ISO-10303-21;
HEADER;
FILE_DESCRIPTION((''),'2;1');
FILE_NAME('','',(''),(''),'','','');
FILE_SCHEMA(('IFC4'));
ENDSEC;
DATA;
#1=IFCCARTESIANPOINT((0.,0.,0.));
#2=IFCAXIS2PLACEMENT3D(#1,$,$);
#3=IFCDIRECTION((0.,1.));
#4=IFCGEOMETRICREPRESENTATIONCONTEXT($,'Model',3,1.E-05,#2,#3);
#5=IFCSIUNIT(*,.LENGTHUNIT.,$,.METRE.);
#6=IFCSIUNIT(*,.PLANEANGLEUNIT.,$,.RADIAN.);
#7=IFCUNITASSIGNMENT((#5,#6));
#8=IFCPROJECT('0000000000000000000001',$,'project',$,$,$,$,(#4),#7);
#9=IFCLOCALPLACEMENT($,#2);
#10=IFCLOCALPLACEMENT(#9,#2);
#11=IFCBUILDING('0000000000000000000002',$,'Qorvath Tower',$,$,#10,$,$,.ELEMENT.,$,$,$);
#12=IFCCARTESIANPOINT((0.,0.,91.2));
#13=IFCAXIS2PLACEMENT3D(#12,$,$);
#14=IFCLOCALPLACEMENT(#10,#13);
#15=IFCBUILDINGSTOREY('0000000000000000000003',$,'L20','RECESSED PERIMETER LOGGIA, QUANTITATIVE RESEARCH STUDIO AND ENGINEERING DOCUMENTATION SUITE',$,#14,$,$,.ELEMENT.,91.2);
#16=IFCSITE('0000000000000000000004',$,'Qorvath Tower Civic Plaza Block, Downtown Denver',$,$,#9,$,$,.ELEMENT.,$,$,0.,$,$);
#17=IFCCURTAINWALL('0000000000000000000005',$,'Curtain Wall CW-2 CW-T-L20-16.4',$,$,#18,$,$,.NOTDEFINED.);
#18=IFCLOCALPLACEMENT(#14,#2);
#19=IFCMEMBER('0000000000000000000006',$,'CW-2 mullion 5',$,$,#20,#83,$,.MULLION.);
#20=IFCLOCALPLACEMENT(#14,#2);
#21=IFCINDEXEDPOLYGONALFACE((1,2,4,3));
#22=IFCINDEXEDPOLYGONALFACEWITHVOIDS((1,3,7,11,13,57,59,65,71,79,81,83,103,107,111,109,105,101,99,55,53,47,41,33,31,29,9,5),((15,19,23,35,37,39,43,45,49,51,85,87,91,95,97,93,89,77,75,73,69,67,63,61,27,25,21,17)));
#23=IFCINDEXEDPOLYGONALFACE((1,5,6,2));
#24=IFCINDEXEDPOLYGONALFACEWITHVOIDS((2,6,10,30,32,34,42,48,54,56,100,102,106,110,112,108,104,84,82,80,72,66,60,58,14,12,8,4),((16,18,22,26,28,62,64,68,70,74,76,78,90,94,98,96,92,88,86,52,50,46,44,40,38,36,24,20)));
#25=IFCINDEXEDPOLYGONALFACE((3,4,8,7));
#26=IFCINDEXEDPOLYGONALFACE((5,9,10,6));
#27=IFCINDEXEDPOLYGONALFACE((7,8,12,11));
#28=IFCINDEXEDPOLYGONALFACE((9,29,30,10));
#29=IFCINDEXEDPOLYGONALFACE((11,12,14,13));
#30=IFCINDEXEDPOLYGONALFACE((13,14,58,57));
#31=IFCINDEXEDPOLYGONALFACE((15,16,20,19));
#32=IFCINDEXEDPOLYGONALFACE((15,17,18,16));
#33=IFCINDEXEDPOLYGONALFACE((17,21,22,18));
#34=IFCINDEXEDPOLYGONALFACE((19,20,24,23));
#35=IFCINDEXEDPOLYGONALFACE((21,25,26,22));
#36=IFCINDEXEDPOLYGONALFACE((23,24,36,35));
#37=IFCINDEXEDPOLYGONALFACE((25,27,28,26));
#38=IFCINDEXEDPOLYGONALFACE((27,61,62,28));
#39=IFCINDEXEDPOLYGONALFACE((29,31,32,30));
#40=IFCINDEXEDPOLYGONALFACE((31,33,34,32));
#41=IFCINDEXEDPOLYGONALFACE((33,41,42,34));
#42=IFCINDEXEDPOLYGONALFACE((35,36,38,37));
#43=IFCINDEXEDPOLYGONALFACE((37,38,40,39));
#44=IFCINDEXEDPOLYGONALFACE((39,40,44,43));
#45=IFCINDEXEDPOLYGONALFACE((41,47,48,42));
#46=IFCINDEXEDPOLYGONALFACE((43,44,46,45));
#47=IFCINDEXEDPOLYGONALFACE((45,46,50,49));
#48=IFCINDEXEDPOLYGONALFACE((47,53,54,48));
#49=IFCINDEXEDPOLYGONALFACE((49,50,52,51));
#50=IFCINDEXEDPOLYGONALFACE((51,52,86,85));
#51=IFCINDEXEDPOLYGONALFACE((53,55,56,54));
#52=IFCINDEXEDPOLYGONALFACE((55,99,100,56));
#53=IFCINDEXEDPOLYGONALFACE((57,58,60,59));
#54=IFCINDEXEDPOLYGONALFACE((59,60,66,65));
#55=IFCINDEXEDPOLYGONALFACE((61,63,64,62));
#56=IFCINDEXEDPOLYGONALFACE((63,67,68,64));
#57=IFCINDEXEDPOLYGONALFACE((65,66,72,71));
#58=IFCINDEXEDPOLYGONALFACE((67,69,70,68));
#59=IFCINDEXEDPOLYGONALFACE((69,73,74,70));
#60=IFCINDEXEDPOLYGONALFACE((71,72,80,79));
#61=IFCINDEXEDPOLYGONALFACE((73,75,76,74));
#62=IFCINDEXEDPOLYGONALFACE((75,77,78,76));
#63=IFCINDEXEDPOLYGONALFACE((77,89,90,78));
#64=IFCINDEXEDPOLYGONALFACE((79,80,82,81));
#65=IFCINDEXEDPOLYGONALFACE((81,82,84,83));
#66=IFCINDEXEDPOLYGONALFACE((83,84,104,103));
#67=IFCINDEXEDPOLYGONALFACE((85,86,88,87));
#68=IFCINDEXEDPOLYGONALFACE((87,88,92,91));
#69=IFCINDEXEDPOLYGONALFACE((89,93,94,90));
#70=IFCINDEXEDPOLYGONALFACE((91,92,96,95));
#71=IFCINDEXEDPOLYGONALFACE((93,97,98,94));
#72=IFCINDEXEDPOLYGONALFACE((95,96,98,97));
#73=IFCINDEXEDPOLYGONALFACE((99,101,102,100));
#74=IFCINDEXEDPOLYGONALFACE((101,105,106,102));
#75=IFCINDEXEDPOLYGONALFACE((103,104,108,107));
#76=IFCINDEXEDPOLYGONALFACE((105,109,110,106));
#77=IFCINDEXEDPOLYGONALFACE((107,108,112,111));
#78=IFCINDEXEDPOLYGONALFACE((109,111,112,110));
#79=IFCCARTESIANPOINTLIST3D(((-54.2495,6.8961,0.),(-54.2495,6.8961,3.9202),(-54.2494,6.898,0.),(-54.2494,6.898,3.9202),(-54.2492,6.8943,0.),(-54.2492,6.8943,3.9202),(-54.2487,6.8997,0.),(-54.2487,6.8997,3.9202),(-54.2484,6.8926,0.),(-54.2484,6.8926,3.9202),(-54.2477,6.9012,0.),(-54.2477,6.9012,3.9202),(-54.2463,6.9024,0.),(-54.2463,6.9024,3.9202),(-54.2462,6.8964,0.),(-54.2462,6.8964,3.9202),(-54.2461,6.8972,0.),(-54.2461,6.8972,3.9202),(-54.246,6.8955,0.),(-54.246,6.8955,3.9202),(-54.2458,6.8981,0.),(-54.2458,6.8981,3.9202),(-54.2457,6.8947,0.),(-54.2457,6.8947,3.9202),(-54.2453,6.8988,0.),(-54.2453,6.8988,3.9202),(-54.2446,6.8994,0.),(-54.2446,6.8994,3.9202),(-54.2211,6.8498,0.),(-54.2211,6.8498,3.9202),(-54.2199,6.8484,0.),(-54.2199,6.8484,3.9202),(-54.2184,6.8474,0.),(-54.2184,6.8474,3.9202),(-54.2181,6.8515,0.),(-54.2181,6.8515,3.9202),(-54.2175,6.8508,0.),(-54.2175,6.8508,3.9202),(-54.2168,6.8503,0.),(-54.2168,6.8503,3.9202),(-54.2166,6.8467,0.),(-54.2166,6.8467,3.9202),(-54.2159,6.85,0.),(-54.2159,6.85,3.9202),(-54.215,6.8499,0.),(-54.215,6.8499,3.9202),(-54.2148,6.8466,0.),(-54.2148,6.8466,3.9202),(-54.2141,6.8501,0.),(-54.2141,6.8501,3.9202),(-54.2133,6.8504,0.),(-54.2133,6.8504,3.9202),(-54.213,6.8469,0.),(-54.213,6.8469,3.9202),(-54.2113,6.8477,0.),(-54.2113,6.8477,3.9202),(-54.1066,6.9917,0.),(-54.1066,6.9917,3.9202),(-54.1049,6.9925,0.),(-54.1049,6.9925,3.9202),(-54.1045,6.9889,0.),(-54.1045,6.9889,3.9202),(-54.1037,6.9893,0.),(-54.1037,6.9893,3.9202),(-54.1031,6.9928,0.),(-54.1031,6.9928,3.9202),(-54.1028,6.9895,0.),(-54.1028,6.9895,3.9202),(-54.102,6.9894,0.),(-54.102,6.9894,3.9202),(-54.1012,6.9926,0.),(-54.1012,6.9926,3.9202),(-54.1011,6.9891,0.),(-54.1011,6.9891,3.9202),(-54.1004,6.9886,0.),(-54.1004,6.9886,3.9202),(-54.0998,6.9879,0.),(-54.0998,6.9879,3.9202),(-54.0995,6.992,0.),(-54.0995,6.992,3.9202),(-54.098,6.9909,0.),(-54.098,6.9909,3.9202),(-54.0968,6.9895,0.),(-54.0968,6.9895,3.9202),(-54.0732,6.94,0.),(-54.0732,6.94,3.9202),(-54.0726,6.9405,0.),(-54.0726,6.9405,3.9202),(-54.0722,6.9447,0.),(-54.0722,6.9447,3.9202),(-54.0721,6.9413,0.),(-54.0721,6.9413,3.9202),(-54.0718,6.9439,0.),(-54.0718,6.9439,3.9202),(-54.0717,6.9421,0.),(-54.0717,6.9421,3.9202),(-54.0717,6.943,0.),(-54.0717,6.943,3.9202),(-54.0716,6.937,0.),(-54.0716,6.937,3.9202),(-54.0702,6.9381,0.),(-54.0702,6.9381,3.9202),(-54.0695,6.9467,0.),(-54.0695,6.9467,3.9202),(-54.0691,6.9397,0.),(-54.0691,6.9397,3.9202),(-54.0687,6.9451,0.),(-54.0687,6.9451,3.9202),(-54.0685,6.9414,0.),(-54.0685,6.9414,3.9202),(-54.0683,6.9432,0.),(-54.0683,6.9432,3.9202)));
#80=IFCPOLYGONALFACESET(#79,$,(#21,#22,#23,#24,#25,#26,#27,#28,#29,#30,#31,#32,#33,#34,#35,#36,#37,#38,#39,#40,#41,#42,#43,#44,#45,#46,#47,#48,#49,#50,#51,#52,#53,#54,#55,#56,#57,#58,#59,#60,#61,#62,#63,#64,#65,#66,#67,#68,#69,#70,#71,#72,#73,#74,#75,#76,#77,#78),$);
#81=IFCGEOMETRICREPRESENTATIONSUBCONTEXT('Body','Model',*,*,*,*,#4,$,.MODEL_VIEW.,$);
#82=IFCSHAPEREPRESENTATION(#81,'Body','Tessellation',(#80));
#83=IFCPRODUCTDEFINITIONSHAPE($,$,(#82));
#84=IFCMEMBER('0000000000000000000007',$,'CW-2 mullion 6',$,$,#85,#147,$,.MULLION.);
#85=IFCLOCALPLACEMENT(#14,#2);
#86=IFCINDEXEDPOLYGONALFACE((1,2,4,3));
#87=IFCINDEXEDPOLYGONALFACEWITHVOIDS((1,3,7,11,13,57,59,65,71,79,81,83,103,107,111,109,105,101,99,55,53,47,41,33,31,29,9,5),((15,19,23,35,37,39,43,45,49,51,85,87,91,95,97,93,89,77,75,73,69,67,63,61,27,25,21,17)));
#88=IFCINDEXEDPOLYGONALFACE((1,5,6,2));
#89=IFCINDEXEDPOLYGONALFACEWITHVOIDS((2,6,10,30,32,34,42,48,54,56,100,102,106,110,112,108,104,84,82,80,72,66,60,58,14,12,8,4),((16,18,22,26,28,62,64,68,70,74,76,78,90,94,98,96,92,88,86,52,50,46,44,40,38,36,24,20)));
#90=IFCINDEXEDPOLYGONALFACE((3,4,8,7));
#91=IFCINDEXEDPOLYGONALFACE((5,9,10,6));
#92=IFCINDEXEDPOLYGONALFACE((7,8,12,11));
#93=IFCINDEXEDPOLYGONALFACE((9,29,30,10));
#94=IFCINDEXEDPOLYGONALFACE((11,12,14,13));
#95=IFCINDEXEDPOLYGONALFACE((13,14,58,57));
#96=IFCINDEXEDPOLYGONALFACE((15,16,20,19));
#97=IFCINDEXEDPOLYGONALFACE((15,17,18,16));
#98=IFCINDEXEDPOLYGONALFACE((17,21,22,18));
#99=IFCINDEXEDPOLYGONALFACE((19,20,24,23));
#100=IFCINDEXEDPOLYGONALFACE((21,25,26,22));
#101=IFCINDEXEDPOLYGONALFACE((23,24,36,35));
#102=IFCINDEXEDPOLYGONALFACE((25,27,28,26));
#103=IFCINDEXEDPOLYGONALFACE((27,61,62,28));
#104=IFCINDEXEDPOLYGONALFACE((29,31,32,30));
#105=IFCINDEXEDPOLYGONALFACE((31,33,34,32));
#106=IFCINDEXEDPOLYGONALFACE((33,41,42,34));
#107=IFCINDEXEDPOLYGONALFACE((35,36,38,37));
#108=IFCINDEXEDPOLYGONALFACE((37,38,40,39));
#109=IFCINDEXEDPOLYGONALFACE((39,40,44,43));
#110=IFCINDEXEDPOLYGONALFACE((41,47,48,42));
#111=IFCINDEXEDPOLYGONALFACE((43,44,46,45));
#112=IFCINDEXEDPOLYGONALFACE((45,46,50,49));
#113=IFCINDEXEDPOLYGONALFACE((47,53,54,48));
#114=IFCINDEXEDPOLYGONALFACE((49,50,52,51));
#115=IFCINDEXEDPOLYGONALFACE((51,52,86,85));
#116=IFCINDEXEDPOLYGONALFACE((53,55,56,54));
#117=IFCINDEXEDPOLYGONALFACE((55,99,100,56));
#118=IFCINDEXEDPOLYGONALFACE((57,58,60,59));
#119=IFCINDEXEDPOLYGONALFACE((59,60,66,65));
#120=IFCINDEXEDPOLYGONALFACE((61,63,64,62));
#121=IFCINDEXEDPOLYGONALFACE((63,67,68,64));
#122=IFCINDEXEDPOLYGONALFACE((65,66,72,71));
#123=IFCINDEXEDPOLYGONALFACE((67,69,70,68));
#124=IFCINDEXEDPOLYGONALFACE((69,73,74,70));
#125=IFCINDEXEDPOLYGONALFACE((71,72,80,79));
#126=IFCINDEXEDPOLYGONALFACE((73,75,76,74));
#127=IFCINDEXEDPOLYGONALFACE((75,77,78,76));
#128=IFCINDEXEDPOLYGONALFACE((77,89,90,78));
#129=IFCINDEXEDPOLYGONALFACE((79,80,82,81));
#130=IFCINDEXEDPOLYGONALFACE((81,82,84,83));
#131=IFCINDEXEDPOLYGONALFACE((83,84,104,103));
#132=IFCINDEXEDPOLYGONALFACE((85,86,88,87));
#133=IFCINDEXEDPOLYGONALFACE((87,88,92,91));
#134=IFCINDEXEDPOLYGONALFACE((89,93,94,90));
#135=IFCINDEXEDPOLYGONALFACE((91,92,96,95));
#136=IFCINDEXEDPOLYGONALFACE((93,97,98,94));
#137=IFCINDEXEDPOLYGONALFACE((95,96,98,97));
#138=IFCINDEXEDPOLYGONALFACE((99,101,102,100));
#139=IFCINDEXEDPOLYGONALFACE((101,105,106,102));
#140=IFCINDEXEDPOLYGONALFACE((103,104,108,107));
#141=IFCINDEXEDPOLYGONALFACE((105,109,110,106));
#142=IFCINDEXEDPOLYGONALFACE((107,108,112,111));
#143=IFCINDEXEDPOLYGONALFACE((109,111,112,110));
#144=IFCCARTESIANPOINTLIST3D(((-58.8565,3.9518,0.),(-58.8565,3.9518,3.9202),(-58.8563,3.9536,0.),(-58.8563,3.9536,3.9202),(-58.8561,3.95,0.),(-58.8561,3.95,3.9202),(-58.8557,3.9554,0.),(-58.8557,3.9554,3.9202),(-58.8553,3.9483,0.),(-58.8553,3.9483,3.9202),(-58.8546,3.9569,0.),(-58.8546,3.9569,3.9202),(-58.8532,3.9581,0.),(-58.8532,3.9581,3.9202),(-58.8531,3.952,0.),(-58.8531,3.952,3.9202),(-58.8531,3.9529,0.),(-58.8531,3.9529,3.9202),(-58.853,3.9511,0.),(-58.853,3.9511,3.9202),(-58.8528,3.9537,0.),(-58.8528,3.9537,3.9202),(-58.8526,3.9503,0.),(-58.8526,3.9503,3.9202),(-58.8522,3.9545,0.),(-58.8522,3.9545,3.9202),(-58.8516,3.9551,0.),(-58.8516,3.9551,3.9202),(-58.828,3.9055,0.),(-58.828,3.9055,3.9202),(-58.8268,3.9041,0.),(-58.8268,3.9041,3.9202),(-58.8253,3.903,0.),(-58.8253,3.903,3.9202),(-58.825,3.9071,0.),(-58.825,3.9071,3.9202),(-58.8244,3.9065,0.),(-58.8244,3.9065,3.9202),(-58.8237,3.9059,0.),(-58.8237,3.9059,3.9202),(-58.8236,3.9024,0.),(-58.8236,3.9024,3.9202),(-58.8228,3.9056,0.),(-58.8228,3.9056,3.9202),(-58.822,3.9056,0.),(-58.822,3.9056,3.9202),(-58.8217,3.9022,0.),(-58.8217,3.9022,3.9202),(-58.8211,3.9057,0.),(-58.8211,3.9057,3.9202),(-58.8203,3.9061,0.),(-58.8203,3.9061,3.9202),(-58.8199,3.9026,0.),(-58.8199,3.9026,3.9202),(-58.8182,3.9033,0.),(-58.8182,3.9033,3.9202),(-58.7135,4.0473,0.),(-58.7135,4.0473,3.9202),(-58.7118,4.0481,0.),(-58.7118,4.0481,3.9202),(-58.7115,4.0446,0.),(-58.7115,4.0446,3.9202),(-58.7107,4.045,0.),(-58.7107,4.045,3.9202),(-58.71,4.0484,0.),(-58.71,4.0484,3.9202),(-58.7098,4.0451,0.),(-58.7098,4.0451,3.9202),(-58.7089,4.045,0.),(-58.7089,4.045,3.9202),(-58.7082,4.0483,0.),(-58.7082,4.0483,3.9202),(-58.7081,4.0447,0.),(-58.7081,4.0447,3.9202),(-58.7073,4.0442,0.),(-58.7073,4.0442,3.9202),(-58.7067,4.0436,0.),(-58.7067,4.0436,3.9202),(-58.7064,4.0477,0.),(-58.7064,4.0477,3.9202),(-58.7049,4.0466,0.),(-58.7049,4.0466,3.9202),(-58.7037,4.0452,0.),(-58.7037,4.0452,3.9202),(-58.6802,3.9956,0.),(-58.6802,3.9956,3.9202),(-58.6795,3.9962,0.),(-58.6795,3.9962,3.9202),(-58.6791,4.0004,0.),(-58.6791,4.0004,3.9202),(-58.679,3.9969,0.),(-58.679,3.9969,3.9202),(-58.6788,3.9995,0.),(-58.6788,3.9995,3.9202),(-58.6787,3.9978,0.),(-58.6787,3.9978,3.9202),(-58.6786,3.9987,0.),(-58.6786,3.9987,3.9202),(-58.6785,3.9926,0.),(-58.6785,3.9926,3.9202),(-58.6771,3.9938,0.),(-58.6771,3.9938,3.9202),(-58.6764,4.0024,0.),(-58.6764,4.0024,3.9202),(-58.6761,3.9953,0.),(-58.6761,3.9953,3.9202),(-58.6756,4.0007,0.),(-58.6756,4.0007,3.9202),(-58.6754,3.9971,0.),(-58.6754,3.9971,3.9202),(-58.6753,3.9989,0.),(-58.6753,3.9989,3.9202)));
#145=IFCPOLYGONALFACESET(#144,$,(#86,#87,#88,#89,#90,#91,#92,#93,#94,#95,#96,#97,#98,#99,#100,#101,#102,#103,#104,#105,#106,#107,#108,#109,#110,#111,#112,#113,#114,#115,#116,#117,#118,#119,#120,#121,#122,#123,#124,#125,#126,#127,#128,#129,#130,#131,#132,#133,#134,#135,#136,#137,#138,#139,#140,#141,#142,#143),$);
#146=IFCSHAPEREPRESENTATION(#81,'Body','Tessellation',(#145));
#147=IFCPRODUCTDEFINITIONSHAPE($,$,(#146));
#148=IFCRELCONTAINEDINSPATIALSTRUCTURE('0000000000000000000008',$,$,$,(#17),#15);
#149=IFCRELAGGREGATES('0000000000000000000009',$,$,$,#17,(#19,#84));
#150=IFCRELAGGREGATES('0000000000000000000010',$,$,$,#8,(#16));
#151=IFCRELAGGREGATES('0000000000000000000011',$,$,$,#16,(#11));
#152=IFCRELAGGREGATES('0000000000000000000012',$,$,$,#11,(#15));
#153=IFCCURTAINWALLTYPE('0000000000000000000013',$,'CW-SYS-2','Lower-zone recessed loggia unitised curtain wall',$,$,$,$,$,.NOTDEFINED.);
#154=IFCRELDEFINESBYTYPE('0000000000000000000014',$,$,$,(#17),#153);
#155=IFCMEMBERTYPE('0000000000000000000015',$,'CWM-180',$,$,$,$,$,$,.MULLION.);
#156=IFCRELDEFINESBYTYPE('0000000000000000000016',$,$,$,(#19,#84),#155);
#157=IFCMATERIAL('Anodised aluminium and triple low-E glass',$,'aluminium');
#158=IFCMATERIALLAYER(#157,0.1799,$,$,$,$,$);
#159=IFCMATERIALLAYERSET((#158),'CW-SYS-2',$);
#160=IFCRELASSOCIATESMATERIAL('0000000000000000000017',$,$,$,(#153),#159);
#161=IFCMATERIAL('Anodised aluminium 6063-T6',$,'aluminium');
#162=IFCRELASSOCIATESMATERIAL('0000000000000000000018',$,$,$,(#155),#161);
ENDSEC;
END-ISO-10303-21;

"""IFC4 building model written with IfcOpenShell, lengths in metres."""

from ifc_helpers import new_model, si_unit, direction, frame, origin, origin_2d, place, context, subcontext, project, spatial, hollow_rectangle, extrude, material, layer, layer_set, material_profile, profile_set, type_object, element, aggregate, save


model = new_model("IFC4")

# Units and contexts
model_context = context("Model", 3, precision=1e-05, world=origin(), true_north=direction((0.0, 1.0)))
body_context = subcontext(model_context, "Body", "Model", "MODEL_VIEW")
ifc_project = project(units=[si_unit("LENGTHUNIT", "METRE"), si_unit("PLANEANGLEUNIT", "RADIAN")], contexts=[model_context])

# Site, building, storey
site_placement = place(None, origin())
site = spatial("IfcSite", under=ifc_project, at=site_placement, Name="Qorvath Tower Civic Plaza Block, Downtown Denver", CompositionType="ELEMENT", RefElevation=0.0)
building_placement = place(site_placement, origin())
building = spatial("IfcBuilding", under=site, at=building_placement, Name="Qorvath Tower", CompositionType="ELEMENT")
storey_placement = place(building_placement, frame((0.0, 0.0, 91.2)))
storey = spatial("IfcBuildingStorey", under=building, at=storey_placement, Name="L20", Description="RECESSED PERIMETER LOGGIA, QUANTITATIVE RESEARCH STUDIO AND ENGINEERING DOCUMENTATION SUITE", CompositionType="ELEMENT", Elevation=91.2)

# Curtain wall, members
ifc_material_1 = material(Name="Anodised aluminium and triple low-E glass", Category="aluminium")
ifc_layer_1 = layer(ifc_material_1, 0.1799)
ifc_layer_set_1 = layer_set([ifc_layer_1], Name="CW-SYS-2")
curtain_wall_type = type_object("IfcCurtainWallType", Name="CW-SYS-2", Description="Lower-zone recessed loggia unitised curtain wall", PredefinedType="NOTDEFINED", material=ifc_layer_set_1)
curtain_wall_placement = place(storey_placement, origin())
curtain_wall = element("IfcCurtainWall", 1, at=curtain_wall_placement, inside=storey, type_object=curtain_wall_type, Name="Curtain Wall CW-2 CW-T-L20-16.4", PredefinedType="NOTDEFINED")
ifc_material_2 = material(Name="Anodised aluminium 6063-T6", Category="aluminium")
ifc_material_profile_1 = material_profile(ifc_material_2, hollow_rectangle(XDim=0.0649, YDim=0.1799, WallThickness=0.0034, InnerFilletRadius=0.0034, OuterFilletRadius=0.0071, at=origin_2d()), Name="CWM 180x65")
ifc_profile_set_1 = profile_set([ifc_material_profile_1], Name="Anodised aluminium 6063-T6")
member_type_1 = type_object("IfcMemberType", Name="CWM-180", PredefinedType="MULLION", material=ifc_profile_set_1)
member_1_placement = place(storey_placement, frame((-54.1589, 6.9197, 0.0), z_axis=(0.0, 0.0, 1.0), x_axis=(0.538529, -0.842607, 0.0)))
member_1 = element("IfcMember", 2, at=member_1_placement, type_object=member_type_1, Name="CW-2 mullion 5", PredefinedType="MULLION", context=body_context, shape_type="SweptSolid", body=[
    extrude(hollow_rectangle(XDim=0.0649, YDim=0.1799, WallThickness=0.0034, InnerFilletRadius=0.0034, OuterFilletRadius=0.0071, at=origin_2d()), origin(), (0.0, 0.0, 1.0), 3.9202),
])
member_2_placement = place(storey_placement, frame((-58.7659, 3.9753, 0.0), z_axis=(0.0, 0.0, 1.0), x_axis=(0.538529, -0.842607, 0.0)))
member_2 = element("IfcMember", 3, at=member_2_placement, type_object=member_type_1, Name="CW-2 mullion 6", PredefinedType="MULLION", context=body_context, shape_type="SweptSolid", body=[
    extrude(hollow_rectangle(XDim=0.0649, YDim=0.1799, WallThickness=0.0034, InnerFilletRadius=0.0034, OuterFilletRadius=0.0071, at=origin_2d()), origin(), (0.0, 0.0, 1.0), 3.9202),
])
aggregate(curtain_wall, [member_1, member_2])

save(model, "model.ifc")
